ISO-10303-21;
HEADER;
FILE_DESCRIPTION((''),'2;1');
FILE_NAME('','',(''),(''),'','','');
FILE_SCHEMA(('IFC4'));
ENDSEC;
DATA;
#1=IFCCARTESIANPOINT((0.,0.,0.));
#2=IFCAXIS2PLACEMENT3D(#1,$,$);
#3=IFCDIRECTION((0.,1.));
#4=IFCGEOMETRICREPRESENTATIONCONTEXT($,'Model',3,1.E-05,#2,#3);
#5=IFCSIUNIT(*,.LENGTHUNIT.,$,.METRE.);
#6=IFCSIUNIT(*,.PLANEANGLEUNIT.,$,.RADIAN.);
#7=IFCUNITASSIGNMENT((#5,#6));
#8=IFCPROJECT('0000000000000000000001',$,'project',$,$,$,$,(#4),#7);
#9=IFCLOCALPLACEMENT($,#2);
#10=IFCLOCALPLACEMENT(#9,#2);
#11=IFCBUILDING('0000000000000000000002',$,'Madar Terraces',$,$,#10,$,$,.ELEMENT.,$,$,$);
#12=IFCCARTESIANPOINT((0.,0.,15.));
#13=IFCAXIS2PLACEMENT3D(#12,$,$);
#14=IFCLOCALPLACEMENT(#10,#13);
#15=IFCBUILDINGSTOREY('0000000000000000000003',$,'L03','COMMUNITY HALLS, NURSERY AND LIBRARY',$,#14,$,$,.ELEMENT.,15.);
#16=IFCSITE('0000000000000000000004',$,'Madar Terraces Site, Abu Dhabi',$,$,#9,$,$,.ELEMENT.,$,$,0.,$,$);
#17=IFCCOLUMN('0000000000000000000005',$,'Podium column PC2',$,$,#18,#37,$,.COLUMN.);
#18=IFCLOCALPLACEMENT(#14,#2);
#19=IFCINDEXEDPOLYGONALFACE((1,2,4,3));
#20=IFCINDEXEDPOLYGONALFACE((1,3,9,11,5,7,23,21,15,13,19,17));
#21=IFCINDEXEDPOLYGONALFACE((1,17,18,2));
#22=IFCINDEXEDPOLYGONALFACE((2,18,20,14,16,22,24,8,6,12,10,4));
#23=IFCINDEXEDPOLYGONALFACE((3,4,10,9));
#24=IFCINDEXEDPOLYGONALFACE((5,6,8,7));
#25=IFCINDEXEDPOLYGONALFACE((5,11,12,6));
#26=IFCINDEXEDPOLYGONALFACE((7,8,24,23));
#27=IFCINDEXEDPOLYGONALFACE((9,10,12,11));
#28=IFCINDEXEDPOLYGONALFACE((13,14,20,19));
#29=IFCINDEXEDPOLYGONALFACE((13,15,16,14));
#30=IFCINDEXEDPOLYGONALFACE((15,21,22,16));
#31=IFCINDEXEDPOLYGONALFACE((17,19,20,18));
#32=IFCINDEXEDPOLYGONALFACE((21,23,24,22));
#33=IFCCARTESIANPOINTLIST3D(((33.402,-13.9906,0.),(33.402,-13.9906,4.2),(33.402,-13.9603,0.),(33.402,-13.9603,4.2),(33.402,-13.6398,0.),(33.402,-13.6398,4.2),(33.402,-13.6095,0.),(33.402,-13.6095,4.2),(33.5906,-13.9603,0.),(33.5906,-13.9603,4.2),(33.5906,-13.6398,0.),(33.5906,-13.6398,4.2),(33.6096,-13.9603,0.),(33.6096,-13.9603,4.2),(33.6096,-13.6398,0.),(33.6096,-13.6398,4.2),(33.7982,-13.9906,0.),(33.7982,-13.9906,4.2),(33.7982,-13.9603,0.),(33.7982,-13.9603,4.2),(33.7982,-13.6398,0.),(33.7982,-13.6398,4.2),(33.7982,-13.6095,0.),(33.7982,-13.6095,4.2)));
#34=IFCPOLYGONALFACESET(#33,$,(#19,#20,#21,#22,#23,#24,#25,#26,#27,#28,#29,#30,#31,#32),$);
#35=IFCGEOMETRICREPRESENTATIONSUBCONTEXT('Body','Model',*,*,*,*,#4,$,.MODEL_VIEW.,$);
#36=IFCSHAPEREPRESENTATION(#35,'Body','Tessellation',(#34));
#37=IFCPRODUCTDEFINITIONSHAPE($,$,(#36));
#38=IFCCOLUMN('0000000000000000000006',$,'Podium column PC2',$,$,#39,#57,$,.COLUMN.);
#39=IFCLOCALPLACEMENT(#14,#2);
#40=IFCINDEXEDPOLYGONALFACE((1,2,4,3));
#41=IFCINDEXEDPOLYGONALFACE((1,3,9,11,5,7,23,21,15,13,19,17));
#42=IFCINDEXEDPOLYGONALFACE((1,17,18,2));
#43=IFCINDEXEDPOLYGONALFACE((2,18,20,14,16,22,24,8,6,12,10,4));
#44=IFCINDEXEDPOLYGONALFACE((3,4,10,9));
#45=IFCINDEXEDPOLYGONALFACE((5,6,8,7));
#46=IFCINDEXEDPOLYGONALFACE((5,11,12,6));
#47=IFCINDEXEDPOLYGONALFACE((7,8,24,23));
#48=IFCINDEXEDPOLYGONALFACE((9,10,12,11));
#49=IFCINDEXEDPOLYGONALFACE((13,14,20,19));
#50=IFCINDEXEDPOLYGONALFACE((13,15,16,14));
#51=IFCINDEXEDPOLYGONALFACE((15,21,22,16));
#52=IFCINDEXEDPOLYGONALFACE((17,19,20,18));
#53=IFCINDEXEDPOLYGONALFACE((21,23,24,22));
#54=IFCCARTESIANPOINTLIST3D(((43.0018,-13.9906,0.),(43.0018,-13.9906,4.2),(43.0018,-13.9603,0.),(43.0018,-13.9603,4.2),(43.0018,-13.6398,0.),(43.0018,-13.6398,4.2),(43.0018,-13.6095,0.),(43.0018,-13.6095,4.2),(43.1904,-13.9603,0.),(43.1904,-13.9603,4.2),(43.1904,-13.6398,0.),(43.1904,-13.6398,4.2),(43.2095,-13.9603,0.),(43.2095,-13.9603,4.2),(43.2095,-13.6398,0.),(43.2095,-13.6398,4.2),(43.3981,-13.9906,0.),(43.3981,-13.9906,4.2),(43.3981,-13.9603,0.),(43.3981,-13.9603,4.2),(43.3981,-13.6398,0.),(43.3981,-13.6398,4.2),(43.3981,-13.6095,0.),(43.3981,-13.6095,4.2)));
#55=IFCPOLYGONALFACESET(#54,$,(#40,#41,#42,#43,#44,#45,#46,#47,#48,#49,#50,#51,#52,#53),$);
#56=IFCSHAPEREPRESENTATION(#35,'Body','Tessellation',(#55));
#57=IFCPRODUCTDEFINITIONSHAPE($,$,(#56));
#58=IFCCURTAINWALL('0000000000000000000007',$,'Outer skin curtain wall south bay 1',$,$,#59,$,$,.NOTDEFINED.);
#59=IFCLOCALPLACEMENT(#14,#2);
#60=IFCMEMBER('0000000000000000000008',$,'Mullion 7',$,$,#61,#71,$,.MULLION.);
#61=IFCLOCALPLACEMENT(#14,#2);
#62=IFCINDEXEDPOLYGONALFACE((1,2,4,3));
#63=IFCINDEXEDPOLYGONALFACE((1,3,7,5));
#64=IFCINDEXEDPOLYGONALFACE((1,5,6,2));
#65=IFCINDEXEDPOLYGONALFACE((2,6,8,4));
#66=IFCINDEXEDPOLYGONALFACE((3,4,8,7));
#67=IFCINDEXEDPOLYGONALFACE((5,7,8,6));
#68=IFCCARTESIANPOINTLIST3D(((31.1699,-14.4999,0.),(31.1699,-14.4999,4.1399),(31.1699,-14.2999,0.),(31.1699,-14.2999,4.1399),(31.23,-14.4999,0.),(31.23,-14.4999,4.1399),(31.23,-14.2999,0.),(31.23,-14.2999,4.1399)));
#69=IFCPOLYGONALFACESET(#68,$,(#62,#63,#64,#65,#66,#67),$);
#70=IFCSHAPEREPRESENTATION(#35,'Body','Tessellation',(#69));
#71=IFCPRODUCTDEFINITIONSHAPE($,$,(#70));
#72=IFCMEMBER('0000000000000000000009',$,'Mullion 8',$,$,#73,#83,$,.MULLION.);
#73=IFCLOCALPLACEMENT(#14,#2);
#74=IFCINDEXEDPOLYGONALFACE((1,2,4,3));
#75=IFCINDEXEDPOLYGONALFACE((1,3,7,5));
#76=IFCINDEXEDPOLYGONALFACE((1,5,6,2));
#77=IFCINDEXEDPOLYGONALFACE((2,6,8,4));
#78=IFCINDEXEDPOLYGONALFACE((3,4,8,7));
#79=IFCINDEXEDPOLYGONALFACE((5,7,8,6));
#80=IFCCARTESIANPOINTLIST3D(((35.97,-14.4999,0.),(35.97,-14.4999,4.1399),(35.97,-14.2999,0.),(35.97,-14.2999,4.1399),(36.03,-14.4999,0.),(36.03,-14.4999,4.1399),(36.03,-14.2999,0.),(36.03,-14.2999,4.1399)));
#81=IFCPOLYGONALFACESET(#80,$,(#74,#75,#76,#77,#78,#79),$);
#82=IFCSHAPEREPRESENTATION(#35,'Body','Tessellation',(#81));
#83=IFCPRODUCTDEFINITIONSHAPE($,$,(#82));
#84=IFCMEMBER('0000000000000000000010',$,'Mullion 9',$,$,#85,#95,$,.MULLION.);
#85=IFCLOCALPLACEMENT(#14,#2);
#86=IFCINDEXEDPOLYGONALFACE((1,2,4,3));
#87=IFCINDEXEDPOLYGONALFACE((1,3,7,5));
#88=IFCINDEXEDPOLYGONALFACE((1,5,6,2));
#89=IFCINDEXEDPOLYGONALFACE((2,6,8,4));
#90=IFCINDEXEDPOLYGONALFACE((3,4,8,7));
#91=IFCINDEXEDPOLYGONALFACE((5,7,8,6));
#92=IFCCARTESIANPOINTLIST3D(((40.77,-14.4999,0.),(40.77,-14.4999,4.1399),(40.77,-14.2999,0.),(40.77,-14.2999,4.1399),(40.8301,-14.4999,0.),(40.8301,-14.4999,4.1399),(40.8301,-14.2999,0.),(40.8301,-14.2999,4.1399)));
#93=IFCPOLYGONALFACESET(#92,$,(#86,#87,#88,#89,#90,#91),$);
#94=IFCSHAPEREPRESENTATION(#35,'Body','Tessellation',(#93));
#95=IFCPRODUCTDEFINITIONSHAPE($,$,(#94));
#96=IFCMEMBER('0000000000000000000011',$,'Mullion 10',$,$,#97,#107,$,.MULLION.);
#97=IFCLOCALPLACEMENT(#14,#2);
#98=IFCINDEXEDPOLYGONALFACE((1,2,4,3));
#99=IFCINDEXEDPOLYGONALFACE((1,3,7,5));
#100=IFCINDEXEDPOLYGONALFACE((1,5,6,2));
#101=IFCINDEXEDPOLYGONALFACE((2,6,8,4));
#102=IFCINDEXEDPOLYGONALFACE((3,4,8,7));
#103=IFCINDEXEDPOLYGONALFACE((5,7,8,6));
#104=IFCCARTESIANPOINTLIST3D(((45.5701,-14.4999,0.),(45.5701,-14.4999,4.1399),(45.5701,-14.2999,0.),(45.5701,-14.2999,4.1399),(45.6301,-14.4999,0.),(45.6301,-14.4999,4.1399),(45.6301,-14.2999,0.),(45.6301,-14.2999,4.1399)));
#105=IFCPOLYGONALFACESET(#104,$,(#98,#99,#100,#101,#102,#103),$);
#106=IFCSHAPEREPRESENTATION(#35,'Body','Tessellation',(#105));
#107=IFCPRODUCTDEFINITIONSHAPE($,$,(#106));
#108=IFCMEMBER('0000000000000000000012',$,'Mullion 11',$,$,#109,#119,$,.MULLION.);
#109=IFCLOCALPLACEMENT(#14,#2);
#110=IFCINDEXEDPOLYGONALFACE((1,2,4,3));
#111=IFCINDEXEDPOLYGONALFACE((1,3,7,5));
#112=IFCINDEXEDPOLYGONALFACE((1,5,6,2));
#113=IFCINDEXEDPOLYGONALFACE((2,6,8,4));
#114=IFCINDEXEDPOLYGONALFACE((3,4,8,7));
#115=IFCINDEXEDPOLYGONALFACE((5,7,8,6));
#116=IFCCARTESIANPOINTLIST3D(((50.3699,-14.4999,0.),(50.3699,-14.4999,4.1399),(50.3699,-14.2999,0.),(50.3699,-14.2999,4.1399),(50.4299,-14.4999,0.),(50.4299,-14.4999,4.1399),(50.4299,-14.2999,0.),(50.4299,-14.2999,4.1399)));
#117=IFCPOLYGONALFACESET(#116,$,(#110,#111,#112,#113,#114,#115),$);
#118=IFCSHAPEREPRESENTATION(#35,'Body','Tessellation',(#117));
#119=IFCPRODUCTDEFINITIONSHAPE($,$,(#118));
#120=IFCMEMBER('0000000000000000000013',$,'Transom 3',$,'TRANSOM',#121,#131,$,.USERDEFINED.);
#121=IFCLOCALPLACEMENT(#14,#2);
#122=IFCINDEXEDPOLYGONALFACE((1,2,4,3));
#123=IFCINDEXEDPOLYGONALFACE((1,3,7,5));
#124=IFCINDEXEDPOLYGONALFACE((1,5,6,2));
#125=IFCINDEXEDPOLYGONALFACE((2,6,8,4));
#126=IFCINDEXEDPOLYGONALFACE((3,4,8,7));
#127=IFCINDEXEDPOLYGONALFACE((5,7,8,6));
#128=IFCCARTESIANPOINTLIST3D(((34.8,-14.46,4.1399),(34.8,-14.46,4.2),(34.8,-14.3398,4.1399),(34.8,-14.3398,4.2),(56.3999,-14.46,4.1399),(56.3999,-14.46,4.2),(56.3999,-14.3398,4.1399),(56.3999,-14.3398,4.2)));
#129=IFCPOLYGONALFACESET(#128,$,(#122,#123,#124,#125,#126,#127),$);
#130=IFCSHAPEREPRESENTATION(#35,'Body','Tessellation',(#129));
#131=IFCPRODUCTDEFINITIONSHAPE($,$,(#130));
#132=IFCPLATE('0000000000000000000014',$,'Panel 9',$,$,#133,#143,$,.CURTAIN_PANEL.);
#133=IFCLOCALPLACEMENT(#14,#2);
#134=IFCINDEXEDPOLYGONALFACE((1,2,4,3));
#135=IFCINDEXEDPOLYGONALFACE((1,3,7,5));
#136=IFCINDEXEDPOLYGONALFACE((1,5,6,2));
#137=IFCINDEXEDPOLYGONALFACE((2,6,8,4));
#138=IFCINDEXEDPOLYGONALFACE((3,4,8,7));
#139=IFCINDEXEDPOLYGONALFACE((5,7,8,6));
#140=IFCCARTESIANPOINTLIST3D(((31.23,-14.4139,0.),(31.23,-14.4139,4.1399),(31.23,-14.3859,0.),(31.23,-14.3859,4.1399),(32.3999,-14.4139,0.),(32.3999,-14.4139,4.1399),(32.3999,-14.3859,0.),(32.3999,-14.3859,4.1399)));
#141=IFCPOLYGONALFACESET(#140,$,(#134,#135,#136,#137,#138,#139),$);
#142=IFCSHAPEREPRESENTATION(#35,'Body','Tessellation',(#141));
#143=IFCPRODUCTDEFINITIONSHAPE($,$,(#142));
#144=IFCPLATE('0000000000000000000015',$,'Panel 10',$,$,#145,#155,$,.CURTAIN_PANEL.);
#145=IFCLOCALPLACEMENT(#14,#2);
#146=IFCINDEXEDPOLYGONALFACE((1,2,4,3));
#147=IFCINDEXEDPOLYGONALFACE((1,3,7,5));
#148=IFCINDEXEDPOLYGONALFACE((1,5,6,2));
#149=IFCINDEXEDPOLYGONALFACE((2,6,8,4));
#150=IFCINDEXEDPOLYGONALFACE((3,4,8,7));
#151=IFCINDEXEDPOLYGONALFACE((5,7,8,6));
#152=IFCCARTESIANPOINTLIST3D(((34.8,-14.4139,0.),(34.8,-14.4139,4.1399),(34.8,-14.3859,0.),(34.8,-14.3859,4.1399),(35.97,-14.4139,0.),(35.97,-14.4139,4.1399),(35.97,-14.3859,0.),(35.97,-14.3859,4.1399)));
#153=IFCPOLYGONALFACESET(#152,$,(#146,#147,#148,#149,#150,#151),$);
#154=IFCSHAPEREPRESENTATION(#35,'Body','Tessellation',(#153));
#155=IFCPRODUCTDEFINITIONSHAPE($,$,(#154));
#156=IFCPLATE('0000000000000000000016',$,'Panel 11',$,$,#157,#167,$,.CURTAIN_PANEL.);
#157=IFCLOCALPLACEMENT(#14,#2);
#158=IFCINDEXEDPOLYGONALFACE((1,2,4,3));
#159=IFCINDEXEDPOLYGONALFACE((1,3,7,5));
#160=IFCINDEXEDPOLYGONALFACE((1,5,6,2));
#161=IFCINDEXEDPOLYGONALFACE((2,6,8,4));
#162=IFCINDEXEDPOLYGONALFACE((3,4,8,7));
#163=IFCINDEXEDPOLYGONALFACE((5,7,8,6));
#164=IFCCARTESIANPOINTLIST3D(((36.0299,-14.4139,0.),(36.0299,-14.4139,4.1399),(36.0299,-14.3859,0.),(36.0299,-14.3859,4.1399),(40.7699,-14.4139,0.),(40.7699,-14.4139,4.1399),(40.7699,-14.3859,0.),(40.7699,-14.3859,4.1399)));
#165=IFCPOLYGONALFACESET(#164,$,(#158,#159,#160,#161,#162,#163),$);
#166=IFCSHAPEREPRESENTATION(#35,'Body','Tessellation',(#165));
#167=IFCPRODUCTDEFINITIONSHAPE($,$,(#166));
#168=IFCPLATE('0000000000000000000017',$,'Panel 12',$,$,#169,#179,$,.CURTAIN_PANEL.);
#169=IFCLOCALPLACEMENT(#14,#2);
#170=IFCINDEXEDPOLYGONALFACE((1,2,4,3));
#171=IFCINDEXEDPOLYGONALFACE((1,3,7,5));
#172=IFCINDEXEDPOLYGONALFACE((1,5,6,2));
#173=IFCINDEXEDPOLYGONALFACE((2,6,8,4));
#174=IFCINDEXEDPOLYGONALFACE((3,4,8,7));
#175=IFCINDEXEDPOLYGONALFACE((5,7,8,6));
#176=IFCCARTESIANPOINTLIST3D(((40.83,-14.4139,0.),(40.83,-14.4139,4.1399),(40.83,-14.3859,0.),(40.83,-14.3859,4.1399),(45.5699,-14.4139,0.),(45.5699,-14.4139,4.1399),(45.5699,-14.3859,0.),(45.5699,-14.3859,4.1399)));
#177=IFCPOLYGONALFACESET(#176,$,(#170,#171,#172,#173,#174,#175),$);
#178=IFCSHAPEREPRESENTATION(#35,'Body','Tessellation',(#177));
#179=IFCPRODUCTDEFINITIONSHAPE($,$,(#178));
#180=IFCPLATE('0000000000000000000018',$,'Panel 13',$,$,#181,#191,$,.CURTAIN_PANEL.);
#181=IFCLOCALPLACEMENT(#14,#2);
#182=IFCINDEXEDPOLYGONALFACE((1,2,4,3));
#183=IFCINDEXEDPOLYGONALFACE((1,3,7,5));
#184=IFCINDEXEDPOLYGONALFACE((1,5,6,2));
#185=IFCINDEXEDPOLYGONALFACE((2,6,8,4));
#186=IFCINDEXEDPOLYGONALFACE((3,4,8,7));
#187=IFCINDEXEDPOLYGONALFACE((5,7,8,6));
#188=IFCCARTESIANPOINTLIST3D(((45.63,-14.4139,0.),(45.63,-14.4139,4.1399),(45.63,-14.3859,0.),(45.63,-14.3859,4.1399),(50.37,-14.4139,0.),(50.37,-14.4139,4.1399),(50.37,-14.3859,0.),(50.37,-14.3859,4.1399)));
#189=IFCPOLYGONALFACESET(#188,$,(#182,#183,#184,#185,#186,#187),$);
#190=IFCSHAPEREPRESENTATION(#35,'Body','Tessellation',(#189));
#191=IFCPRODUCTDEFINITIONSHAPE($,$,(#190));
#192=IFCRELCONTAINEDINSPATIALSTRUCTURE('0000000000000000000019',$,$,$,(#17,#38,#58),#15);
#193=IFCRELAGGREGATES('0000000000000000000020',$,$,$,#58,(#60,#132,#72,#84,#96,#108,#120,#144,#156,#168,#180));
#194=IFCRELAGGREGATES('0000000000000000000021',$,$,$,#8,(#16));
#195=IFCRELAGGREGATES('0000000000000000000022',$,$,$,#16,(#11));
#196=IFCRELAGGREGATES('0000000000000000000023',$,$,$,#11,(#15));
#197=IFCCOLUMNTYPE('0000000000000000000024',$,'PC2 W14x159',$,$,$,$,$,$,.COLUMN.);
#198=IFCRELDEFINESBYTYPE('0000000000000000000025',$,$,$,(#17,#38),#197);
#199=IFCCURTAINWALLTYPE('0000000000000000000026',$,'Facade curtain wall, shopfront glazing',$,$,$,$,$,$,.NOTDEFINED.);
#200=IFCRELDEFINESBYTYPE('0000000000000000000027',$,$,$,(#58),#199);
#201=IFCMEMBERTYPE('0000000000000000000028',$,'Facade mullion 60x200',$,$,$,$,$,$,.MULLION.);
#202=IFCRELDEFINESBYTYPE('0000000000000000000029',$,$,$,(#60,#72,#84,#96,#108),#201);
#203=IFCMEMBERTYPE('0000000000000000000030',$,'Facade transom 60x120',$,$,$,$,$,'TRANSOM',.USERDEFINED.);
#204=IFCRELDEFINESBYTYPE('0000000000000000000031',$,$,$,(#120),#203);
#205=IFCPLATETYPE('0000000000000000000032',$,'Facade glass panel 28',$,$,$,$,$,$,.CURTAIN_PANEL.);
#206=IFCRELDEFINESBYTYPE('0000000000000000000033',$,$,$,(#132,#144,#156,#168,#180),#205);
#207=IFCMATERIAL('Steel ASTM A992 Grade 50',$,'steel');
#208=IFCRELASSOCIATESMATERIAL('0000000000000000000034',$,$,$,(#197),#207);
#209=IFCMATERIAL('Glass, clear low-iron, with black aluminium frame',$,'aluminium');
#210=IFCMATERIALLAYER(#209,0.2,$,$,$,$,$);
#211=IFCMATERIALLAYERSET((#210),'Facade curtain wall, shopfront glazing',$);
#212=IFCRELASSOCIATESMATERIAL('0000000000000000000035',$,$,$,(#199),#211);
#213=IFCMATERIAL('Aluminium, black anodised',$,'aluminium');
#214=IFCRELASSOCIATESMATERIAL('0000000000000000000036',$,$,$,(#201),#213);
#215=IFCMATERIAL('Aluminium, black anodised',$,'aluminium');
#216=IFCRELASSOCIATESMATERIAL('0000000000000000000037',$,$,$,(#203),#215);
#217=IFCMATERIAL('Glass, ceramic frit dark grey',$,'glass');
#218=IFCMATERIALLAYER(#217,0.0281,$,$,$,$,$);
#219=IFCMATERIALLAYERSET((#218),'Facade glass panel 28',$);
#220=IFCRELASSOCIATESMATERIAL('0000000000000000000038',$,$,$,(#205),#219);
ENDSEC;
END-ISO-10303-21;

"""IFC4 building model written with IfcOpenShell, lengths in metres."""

from ifc_helpers import new_model, si_unit, direction, frame, origin, origin_2d, place, context, subcontext, project, spatial, rectangle, i_section, extrude, material, layer, layer_set, material_profile, profile_set, type_object, element, aggregate, save


model = new_model("IFC4")

# Units and contexts
model_context = context("Model", 3, precision=1e-05, world=origin(), true_north=direction((0.0, 1.0)))
body_context = subcontext(model_context, "Body", "Model", "MODEL_VIEW")
ifc_project = project(units=[si_unit("LENGTHUNIT", "METRE"), si_unit("PLANEANGLEUNIT", "RADIAN")], contexts=[model_context])

# Site, building, storey
site_placement = place(None, origin())
site = spatial("IfcSite", under=ifc_project, at=site_placement, Name="Madar Terraces Site, Abu Dhabi", CompositionType="ELEMENT", RefElevation=0.0)
building_placement = place(site_placement, origin())
building = spatial("IfcBuilding", under=site, at=building_placement, Name="Madar Terraces", CompositionType="ELEMENT")
storey_placement = place(building_placement, frame((0.0, 0.0, 15.0)))
storey = spatial("IfcBuildingStorey", under=building, at=storey_placement, Name="L03", Description="COMMUNITY HALLS, NURSERY AND LIBRARY", CompositionType="ELEMENT", Elevation=15.0)

# Columns
ifc_material_1 = material(Name="Steel ASTM A992 Grade 50", Category="steel")
ifc_material_profile_1 = material_profile(ifc_material_1, i_section(OverallWidth=0.3962, OverallDepth=0.3811, WebThickness=0.019, FlangeThickness=0.0303, at=origin_2d()), Name="W14x159")
ifc_profile_set_1 = profile_set([ifc_material_profile_1], Name="Steel ASTM A992 Grade 50")
column_type = type_object("IfcColumnType", Name="PC2 W14x159", PredefinedType="COLUMN", material=ifc_profile_set_1)
for number, where, z_axis, x_axis, name in (
    (1, (33.6001, -13.8, 0.0), (0.0, 0.0, 1.0), (1.0, 0.0, 0.0), "Podium column PC2"),
    (2, (43.2, -13.8, 0.0), (0.0, 0.0, 1.0), (1.0, 0.0, 0.0), "Podium column PC2"),
):
    element("IfcColumn", number, at=place(storey_placement, frame(where, z_axis=z_axis, x_axis=x_axis)), inside=storey, type_object=column_type, Name=name, PredefinedType="COLUMN", context=body_context, shape_type="SweptSolid", body=[
        extrude(i_section(OverallWidth=0.3962, OverallDepth=0.3811, WebThickness=0.019, FlangeThickness=0.0303, at=origin_2d()), origin(), (0.0, 0.0, 1.0), 4.2),
    ])

# Curtain wall, members, plates
ifc_material_2 = material(Name="Glass, clear low-iron, with black aluminium frame", Category="aluminium")
ifc_layer_1 = layer(ifc_material_2, 0.2)
ifc_layer_set_1 = layer_set([ifc_layer_1], Name="Facade curtain wall, shopfront glazing")
curtain_wall_type = type_object("IfcCurtainWallType", Name="Facade curtain wall, shopfront glazing", PredefinedType="NOTDEFINED", material=ifc_layer_set_1)
curtain_wall_placement = place(storey_placement, origin())
curtain_wall = element("IfcCurtainWall", 3, at=curtain_wall_placement, inside=storey, type_object=curtain_wall_type, Name="Outer skin curtain wall south bay 1", PredefinedType="NOTDEFINED")
ifc_material_3 = material(Name="Aluminium, black anodised", Category="aluminium")
ifc_material_profile_2 = material_profile(ifc_material_3, rectangle(XDim=0.2, YDim=0.0601, at=origin_2d()), Name="Facade mullion 60x200")
ifc_profile_set_2 = profile_set([ifc_material_profile_2], Name="Aluminium, black anodised")
member_type_1 = type_object("IfcMemberType", Name="Facade mullion 60x200", PredefinedType="MULLION", material=ifc_profile_set_2)
member_1_placement = place(storey_placement, frame((31.2, -14.3999, 0.0), z_axis=(0.0, 0.0, 1.0), x_axis=(0.0, 1.0, 0.0)))
member_1 = element("IfcMember", 4, at=member_1_placement, type_object=member_type_1, Name="Mullion 7", PredefinedType="MULLION", context=body_context, shape_type="SweptSolid", body=[
    extrude(rectangle(XDim=0.2, YDim=0.0601, at=origin_2d()), origin(), (0.0, 0.0, 1.0), 4.1399),
])
member_2_placement = place(storey_placement, frame((36.0, -14.3999, 0.0), z_axis=(0.0, 0.0, 1.0), x_axis=(0.0, 1.0, 0.0)))
member_2 = element("IfcMember", 5, at=member_2_placement, type_object=member_type_1, Name="Mullion 8", PredefinedType="MULLION", context=body_context, shape_type="SweptSolid", body=[
    extrude(rectangle(XDim=0.2, YDim=0.0601, at=origin_2d()), origin(), (0.0, 0.0, 1.0), 4.1399),
])
member_3_placement = place(storey_placement, frame((40.8, -14.3999, 0.0), z_axis=(0.0, 0.0, 1.0), x_axis=(0.0, 1.0, 0.0)))
member_3 = element("IfcMember", 6, at=member_3_placement, type_object=member_type_1, Name="Mullion 9", PredefinedType="MULLION", context=body_context, shape_type="SweptSolid", body=[
    extrude(rectangle(XDim=0.2, YDim=0.0601, at=origin_2d()), origin(), (0.0, 0.0, 1.0), 4.1399),
])
member_4_placement = place(storey_placement, frame((45.6001, -14.3999, 0.0), z_axis=(0.0, 0.0, 1.0), x_axis=(0.0, 1.0, 0.0)))
member_4 = element("IfcMember", 7, at=member_4_placement, type_object=member_type_1, Name="Mullion 10", PredefinedType="MULLION", context=body_context, shape_type="SweptSolid", body=[
    extrude(rectangle(XDim=0.2, YDim=0.0601, at=origin_2d()), origin(), (0.0, 0.0, 1.0), 4.1399),
])
member_5_placement = place(storey_placement, frame((50.3999, -14.3999, 0.0), z_axis=(0.0, 0.0, 1.0), x_axis=(0.0, 1.0, 0.0)))
member_5 = element("IfcMember", 8, at=member_5_placement, type_object=member_type_1, Name="Mullion 11", PredefinedType="MULLION", context=body_context, shape_type="SweptSolid", body=[
    extrude(rectangle(XDim=0.2, YDim=0.0601, at=origin_2d()), origin(), (0.0, 0.0, 1.0), 4.1399),
])
ifc_material_4 = material(Name="Aluminium, black anodised", Category="aluminium")
ifc_material_profile_3 = material_profile(ifc_material_4, rectangle(XDim=0.1201, YDim=0.0601, at=origin_2d()), Name="Facade transom 60x120")
ifc_profile_set_3 = profile_set([ifc_material_profile_3], Name="Aluminium, black anodised")
member_type_2 = type_object("IfcMemberType", Name="Facade transom 60x120", ElementType="TRANSOM", PredefinedType="USERDEFINED", material=ifc_profile_set_3)
member_6_placement = place(storey_placement, frame((34.8, -14.3999, 4.1699), z_axis=(1.0, 0.0, 0.0), x_axis=(0.0, 1.0, 0.0)))
member_6 = element("IfcMember", 9, at=member_6_placement, type_object=member_type_2, Name="Transom 3", ObjectType="TRANSOM", PredefinedType="USERDEFINED", context=body_context, shape_type="SweptSolid", body=[
    extrude(rectangle(XDim=0.1201, YDim=0.0601, at=origin_2d()), origin(), (0.0, 0.0, 1.0), 21.5999),
])
ifc_material_5 = material(Name="Glass, ceramic frit dark grey", Category="glass")
ifc_layer_2 = layer(ifc_material_5, 0.0281)
ifc_layer_set_2 = layer_set([ifc_layer_2], Name="Facade glass panel 28")
plate_type = type_object("IfcPlateType", Name="Facade glass panel 28", PredefinedType="CURTAIN_PANEL", material=ifc_layer_set_2)
plate_1_placement = place(storey_placement, frame((31.8149, -14.3999, 0.0), z_axis=(0.0, 0.0, 1.0), x_axis=(1.0, 0.0, 0.0)))
plate_1 = element("IfcPlate", 10, at=plate_1_placement, type_object=plate_type, Name="Panel 9", PredefinedType="CURTAIN_PANEL", context=body_context, shape_type="SweptSolid", body=[
    extrude(rectangle(XDim=1.1699, YDim=0.0281, at=origin_2d()), origin(), (0.0, 0.0, 1.0), 4.1399),
])
plate_2_placement = place(storey_placement, frame((35.385, -14.3999, 0.0), z_axis=(0.0, 0.0, 1.0), x_axis=(1.0, 0.0, 0.0)))
plate_2 = element("IfcPlate", 11, at=plate_2_placement, type_object=plate_type, Name="Panel 10", PredefinedType="CURTAIN_PANEL", context=body_context, shape_type="SweptSolid", body=[
    extrude(rectangle(XDim=1.1699, YDim=0.0281, at=origin_2d()), origin(), (0.0, 0.0, 1.0), 4.1399),
])
plate_3_placement = place(storey_placement, frame((38.3999, -14.3999, 0.0), z_axis=(0.0, 0.0, 1.0), x_axis=(1.0, 0.0, 0.0)))
plate_3 = element("IfcPlate", 12, at=plate_3_placement, type_object=plate_type, Name="Panel 11", PredefinedType="CURTAIN_PANEL", context=body_context, shape_type="SweptSolid", body=[
    extrude(rectangle(XDim=4.74, YDim=0.0281, at=origin_2d()), origin(), (0.0, 0.0, 1.0), 4.1399),
])
plate_4_placement = place(storey_placement, frame((43.2, -14.3999, 0.0), z_axis=(0.0, 0.0, 1.0), x_axis=(1.0, 0.0, 0.0)))
plate_4 = element("IfcPlate", 13, at=plate_4_placement, type_object=plate_type, Name="Panel 12", PredefinedType="CURTAIN_PANEL", context=body_context, shape_type="SweptSolid", body=[
    extrude(rectangle(XDim=4.74, YDim=0.0281, at=origin_2d()), origin(), (0.0, 0.0, 1.0), 4.1399),
])
plate_5_placement = place(storey_placement, frame((48.0, -14.3999, 0.0), z_axis=(0.0, 0.0, 1.0), x_axis=(1.0, 0.0, 0.0)))
plate_5 = element("IfcPlate", 14, at=plate_5_placement, type_object=plate_type, Name="Panel 13", PredefinedType="CURTAIN_PANEL", context=body_context, shape_type="SweptSolid", body=[
    extrude(rectangle(XDim=4.74, YDim=0.0281, at=origin_2d()), origin(), (0.0, 0.0, 1.0), 4.1399),
])
aggregate(curtain_wall, [member_1, plate_1, member_2, member_3, member_4, member_5, member_6, plate_2, plate_3, plate_4, plate_5])

save(model, "model.ifc")
